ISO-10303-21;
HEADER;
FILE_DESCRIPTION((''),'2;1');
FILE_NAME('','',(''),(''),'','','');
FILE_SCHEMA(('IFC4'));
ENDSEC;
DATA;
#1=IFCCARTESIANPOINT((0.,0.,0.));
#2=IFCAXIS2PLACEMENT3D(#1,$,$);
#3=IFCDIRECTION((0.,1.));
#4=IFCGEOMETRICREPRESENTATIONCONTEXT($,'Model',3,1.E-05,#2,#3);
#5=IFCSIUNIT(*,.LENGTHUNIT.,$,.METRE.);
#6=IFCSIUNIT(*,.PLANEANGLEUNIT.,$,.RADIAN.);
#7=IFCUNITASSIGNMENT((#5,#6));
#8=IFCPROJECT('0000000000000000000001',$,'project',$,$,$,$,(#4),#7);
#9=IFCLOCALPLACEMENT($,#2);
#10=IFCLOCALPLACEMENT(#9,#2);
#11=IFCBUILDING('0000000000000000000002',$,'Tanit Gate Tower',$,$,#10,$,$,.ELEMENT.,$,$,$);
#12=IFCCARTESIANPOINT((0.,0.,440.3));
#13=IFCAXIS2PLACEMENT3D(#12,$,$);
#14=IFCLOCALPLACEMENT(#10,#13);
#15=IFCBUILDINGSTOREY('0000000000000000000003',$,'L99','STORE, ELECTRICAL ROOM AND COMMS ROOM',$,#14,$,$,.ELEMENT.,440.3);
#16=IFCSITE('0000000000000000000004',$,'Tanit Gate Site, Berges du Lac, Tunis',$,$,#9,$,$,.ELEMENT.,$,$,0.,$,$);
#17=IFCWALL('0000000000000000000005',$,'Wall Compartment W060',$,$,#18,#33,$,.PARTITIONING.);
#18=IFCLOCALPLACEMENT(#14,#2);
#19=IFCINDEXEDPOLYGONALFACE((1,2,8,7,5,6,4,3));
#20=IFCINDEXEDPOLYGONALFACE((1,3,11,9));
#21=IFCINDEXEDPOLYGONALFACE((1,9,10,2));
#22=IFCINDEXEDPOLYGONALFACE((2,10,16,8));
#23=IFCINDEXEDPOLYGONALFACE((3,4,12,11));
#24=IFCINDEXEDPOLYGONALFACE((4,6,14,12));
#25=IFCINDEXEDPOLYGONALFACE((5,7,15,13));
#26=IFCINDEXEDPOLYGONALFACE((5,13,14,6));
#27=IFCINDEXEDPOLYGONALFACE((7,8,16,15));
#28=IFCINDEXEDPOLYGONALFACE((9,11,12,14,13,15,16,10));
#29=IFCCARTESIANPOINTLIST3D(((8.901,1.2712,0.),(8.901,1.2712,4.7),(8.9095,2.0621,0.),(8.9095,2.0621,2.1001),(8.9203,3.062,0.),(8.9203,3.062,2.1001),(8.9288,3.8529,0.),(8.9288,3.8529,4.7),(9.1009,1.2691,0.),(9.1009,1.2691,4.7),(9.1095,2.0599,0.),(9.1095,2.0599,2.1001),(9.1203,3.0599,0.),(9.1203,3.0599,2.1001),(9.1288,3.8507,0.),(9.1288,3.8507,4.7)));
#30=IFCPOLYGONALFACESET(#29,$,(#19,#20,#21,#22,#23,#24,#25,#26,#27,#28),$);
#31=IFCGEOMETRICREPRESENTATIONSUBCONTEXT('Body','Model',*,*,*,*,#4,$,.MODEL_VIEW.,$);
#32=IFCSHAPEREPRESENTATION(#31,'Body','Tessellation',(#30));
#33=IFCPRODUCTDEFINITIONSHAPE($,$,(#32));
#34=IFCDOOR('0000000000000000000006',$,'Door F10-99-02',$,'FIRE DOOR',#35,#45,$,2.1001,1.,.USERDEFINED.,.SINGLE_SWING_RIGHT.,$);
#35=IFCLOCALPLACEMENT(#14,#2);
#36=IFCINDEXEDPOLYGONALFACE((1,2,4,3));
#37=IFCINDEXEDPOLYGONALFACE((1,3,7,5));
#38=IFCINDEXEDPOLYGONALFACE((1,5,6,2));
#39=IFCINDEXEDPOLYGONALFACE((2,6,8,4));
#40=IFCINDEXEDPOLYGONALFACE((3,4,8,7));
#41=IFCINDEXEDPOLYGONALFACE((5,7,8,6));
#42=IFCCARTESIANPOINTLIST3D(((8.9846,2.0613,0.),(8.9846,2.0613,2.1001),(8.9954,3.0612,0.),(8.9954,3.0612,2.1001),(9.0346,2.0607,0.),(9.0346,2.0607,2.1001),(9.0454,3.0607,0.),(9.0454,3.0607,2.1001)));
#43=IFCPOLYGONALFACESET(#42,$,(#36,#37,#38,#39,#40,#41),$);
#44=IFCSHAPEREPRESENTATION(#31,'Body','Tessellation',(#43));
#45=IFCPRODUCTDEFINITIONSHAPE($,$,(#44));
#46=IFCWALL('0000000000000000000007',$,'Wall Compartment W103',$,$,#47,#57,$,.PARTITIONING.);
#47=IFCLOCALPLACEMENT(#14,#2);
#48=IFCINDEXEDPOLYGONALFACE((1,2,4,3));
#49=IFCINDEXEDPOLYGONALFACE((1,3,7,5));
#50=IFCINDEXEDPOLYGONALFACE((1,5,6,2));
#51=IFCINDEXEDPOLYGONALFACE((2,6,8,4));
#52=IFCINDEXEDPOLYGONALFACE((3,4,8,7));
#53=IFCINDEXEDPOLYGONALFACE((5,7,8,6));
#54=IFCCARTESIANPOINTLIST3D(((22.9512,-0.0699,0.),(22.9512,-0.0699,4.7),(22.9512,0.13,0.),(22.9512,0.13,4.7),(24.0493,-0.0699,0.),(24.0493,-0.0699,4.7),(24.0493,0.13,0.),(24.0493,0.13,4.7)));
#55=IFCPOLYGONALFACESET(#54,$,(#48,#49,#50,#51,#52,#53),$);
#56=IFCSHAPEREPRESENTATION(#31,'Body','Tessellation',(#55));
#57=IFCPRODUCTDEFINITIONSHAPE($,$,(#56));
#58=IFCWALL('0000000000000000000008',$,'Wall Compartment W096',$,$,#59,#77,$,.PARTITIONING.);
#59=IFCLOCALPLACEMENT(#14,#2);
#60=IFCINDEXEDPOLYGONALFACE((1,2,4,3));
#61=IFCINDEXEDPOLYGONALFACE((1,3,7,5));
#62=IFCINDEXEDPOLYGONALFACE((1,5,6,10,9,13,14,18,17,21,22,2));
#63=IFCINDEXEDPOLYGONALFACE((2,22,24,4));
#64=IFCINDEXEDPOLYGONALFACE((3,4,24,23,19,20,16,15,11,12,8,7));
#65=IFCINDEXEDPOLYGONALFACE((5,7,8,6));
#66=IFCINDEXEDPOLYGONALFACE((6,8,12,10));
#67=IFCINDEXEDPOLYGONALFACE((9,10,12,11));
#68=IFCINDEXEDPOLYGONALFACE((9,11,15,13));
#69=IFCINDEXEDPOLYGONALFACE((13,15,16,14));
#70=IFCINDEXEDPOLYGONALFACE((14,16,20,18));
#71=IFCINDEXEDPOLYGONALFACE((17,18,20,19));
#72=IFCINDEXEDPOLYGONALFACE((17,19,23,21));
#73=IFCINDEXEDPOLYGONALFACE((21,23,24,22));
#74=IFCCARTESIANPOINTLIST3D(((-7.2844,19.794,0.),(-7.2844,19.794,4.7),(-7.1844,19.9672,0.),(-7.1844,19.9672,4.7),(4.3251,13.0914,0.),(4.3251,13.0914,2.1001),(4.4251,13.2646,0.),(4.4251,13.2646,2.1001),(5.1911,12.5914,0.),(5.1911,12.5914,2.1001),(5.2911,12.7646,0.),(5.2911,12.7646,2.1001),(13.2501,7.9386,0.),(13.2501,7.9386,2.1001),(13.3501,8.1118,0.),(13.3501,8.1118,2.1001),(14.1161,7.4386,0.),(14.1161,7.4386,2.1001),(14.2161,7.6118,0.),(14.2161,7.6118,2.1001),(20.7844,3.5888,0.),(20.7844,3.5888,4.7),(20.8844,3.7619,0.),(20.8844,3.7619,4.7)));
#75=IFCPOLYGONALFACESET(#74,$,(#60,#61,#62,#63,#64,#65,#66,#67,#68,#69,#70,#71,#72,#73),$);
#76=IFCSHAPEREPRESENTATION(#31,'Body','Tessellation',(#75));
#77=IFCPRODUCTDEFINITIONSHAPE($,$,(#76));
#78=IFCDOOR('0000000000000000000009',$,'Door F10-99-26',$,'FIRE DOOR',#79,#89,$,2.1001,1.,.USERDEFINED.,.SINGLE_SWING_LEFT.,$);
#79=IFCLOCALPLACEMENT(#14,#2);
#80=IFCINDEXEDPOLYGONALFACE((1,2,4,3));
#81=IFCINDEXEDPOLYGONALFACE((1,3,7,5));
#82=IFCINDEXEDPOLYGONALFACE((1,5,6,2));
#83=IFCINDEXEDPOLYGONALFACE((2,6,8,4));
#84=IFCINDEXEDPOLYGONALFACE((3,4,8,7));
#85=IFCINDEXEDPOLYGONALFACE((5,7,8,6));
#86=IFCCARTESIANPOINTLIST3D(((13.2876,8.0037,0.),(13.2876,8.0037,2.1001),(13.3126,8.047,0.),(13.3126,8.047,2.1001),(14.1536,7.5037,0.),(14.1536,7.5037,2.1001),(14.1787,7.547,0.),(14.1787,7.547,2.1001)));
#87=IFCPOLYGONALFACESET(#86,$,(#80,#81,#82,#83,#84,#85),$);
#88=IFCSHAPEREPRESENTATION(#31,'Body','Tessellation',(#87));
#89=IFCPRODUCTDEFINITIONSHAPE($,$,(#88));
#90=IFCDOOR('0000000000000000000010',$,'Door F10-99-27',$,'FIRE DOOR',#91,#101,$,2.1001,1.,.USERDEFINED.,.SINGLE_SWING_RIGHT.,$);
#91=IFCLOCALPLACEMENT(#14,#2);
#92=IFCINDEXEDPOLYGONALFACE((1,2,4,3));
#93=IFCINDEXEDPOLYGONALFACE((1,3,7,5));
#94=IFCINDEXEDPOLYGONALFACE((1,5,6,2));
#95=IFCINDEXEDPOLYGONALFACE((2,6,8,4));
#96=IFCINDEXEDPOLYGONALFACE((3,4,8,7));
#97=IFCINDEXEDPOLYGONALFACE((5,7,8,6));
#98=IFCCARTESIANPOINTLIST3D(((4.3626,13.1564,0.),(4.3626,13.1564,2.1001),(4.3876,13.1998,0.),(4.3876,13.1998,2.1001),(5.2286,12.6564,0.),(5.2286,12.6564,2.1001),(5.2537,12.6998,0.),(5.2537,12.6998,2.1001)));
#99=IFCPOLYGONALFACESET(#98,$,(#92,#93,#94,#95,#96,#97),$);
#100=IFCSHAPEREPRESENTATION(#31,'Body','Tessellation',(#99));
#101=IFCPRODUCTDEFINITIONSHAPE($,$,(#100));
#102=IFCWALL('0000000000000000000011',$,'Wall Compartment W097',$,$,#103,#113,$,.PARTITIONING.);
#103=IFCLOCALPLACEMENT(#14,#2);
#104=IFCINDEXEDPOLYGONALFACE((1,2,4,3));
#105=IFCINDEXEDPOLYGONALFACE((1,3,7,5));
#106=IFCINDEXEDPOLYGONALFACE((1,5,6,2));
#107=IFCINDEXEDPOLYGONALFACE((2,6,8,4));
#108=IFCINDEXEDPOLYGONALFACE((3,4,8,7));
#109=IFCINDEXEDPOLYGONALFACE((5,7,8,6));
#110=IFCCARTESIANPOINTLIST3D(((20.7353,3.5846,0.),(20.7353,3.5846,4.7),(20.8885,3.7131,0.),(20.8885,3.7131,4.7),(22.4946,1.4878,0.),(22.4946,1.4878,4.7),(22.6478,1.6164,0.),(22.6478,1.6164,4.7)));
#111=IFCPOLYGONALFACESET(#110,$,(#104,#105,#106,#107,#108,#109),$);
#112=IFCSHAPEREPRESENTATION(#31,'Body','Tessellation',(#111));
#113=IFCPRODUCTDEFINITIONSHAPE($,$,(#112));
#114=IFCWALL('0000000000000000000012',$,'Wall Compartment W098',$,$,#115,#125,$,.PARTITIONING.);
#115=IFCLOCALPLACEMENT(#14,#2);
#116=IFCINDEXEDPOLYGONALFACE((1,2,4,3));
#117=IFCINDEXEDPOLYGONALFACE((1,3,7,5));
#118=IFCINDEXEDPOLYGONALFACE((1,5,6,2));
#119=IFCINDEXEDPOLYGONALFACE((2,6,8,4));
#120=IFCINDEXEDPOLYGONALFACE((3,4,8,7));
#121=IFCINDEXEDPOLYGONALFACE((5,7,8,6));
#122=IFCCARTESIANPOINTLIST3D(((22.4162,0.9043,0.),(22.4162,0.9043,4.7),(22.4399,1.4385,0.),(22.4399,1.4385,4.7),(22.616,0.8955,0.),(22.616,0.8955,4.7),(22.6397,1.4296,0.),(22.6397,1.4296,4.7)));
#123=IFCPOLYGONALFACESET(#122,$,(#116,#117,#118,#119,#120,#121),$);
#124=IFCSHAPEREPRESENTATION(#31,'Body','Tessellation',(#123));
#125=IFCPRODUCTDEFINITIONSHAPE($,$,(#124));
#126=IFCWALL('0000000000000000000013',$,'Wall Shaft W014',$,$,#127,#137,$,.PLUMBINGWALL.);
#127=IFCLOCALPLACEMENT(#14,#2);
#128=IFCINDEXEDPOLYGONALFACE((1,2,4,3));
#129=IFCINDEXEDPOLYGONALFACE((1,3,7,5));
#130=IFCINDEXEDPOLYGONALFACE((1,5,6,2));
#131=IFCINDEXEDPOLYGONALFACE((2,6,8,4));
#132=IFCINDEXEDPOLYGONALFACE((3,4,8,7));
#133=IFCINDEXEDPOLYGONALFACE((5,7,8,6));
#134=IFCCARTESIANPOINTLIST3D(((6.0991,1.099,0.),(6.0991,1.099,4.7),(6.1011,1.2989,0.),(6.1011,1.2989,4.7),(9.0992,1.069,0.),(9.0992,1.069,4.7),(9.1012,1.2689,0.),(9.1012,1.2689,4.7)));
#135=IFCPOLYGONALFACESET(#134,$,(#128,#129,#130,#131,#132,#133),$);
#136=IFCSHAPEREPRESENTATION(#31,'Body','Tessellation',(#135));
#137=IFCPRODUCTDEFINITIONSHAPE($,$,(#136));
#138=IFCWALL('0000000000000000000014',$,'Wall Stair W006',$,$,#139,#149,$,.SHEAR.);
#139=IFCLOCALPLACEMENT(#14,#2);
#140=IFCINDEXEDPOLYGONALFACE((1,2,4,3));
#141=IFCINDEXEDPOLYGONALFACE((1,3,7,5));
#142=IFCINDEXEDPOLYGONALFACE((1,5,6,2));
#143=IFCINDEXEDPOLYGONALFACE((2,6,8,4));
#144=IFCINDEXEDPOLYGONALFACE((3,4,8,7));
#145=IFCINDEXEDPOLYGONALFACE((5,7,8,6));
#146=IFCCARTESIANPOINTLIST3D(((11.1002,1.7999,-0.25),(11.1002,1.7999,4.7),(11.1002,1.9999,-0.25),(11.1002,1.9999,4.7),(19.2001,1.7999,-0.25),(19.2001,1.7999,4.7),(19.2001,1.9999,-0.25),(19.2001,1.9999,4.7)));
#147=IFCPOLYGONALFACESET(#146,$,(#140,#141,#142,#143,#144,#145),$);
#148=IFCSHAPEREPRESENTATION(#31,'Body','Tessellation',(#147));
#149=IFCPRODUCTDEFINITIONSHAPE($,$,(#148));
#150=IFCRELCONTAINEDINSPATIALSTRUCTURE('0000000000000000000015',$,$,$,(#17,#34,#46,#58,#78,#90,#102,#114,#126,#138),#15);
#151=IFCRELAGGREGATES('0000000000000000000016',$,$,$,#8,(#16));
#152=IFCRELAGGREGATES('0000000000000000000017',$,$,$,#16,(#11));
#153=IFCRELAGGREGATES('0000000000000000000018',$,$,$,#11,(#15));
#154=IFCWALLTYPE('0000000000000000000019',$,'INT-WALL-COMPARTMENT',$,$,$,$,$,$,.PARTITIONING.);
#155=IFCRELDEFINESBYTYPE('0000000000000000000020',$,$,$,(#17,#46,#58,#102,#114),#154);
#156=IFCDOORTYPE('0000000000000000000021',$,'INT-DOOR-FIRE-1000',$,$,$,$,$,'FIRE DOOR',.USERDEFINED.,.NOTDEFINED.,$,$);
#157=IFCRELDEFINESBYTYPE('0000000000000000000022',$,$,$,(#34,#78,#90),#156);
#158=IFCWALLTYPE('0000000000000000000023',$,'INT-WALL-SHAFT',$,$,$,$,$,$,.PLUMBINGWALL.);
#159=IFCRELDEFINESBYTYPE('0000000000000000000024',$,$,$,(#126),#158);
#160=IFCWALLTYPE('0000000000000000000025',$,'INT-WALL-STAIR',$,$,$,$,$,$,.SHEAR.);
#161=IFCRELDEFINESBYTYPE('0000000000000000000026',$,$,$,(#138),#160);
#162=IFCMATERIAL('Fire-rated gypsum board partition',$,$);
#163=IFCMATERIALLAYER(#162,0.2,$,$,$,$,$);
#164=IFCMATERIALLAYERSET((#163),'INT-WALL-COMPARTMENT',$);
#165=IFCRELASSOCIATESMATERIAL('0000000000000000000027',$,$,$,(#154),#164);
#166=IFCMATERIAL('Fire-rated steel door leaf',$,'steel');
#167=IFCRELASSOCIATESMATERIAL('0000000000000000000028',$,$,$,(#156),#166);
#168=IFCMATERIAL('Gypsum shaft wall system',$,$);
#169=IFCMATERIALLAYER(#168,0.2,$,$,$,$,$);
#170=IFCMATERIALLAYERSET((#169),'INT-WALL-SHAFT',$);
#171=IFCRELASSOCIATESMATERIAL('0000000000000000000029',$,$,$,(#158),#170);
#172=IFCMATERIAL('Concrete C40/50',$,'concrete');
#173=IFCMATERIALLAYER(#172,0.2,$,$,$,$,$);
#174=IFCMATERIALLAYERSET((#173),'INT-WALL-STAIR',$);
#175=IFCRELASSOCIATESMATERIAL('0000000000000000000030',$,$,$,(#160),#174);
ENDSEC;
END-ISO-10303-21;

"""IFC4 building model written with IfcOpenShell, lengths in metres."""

from ifc_helpers import new_model, si_unit, direction, frame, frame_2d, origin, place, context, subcontext, project, spatial, rectangle, extrude, material, layer, layer_set, type_object, element, fill, save


model = new_model("IFC4")

# Units and contexts
model_context = context("Model", 3, precision=1e-05, world=origin(), true_north=direction((0.0, 1.0)))
body_context = subcontext(model_context, "Body", "Model", "MODEL_VIEW")
ifc_project = project(units=[si_unit("LENGTHUNIT", "METRE"), si_unit("PLANEANGLEUNIT", "RADIAN")], contexts=[model_context])

# Site, building, storey
site_placement = place(None, origin())
site = spatial("IfcSite", under=ifc_project, at=site_placement, Name="Tanit Gate Site, Berges du Lac, Tunis", CompositionType="ELEMENT", RefElevation=0.0)
building_placement = place(site_placement, origin())
building = spatial("IfcBuilding", under=site, at=building_placement, Name="Tanit Gate Tower", CompositionType="ELEMENT")
storey_placement = place(building_placement, frame((0.0, 0.0, 440.3)))
storey = spatial("IfcBuildingStorey", under=building, at=storey_placement, Name="L99", Description="STORE, ELECTRICAL ROOM AND COMMS ROOM", CompositionType="ELEMENT", Elevation=440.3)

# Shared definitions
ifc_material_1 = material(Name="Fire-rated gypsum board partition")
ifc_layer_1 = layer(ifc_material_1, 0.2)
ifc_layer_set_1 = layer_set([ifc_layer_1], Name="INT-WALL-COMPARTMENT")
wall_type_1 = type_object("IfcWallType", Name="INT-WALL-COMPARTMENT", PredefinedType="PARTITIONING", material=ifc_layer_set_1)

# Wall, opening, door
wall_1_placement = place(storey_placement, frame((9.001, 1.27, 0.0), z_axis=(0.0, 0.0, 1.0), x_axis=(0.010781, 0.999942, 0.0)))
wall_1 = element("IfcWall", 1, at=wall_1_placement, inside=storey, type_object=wall_type_1, Name="Wall Compartment W060", PredefinedType="PARTITIONING", context=body_context, shape_type="SweptSolid", body=[
    extrude(rectangle(XDim=2.5818, YDim=0.2, at=frame_2d((1.291, 0.0))), origin(), (0.0, 0.0, 1.0), 4.7),
])
opening_1_placement = place(wall_1_placement, frame((0.791, 0.0, 0.0)))
opening_1 = element("IfcOpeningElement", 2, at=opening_1_placement, cuts=wall_1, PredefinedType="OPENING", context=body_context, shape_type="SweptSolid", body=[
    extrude(rectangle(XDim=1.0, YDim=2.1001, at=frame_2d((0.5, 1.05))), frame((0.0, 0.1099, 0.0), z_axis=(0.0, -1.0, 0.0), x_axis=(1.0, 0.0, 0.0)), (0.0, 0.0, 1.0), 0.22),
])
ifc_material_2 = material(Name="Fire-rated steel door leaf", Category="steel")
door_type_1 = type_object("IfcDoorType", Name="INT-DOOR-FIRE-1000", ElementType="FIRE DOOR", OperationType="NOTDEFINED", PredefinedType="USERDEFINED", material=ifc_material_2)
door_1_placement = place(opening_1_placement, origin())
door_1 = element("IfcDoor", 3, at=door_1_placement, inside=storey, type_object=door_type_1, Name="Door F10-99-02", ObjectType="FIRE DOOR", OperationType="SINGLE_SWING_RIGHT", OverallHeight=2.1001, OverallWidth=1.0, PredefinedType="USERDEFINED", context=body_context, shape_type="SweptSolid", body=[
    extrude(rectangle(XDim=1.0, YDim=2.1001, at=frame_2d((0.5, 1.05))), frame((0.0, 0.0249, 0.0), z_axis=(0.0, -1.0, 0.0), x_axis=(1.0, 0.0, 0.0)), (0.0, 0.0, 1.0), 0.05),
])
fill(opening_1, door_1)

# Wall
wall_2_placement = place(storey_placement, frame((22.9512, 0.03, 0.0), z_axis=(0.0, 0.0, 1.0), x_axis=(1.0, 0.0, 0.0)))
element("IfcWall", 4, at=wall_2_placement, inside=storey, type_object=wall_type_1, Name="Wall Compartment W103", PredefinedType="PARTITIONING", context=body_context, shape_type="SweptSolid", body=[
    extrude(rectangle(XDim=1.0981, YDim=0.2, at=frame_2d((0.5491, 0.0))), origin(), (0.0, 0.0, 1.0), 4.7),
])

# Wall, openings, doors
wall_3_placement = place(storey_placement, frame((20.8345, 3.6753, 0.0), z_axis=(0.0, 0.0, 1.0), x_axis=(-0.866029, 0.499995, 0.0)))
wall_3 = element("IfcWall", 5, at=wall_3_placement, inside=storey, type_object=wall_type_1, Name="Wall Compartment W096", PredefinedType="PARTITIONING", context=body_context, shape_type="SweptSolid", body=[
    extrude(rectangle(XDim=32.4109, YDim=0.2, at=frame_2d((16.2056, 0.0))), origin(), (0.0, 0.0, 1.0), 4.7),
])
opening_2_placement = place(wall_3_placement, frame((7.7, 0.0, 0.0)))
opening_2 = element("IfcOpeningElement", 6, at=opening_2_placement, cuts=wall_3, PredefinedType="OPENING", context=body_context, shape_type="SweptSolid", body=[
    extrude(rectangle(XDim=1.0, YDim=2.1001, at=frame_2d((0.5, 1.05))), frame((0.0, 0.1099, 0.0), z_axis=(0.0, -1.0, 0.0), x_axis=(1.0, 0.0, 0.0)), (0.0, 0.0, 1.0), 0.22),
])
opening_3_placement = place(wall_3_placement, frame((18.0056, 0.0, 0.0)))
opening_3 = element("IfcOpeningElement", 7, at=opening_3_placement, cuts=wall_3, PredefinedType="OPENING", context=body_context, shape_type="SweptSolid", body=[
    extrude(rectangle(XDim=1.0, YDim=2.1001, at=frame_2d((0.5, 1.05))), frame((0.0, 0.1099, 0.0), z_axis=(0.0, -1.0, 0.0), x_axis=(1.0, 0.0, 0.0)), (0.0, 0.0, 1.0), 0.22),
])
door_2_placement = place(opening_2_placement, origin())
door_2 = element("IfcDoor", 8, at=door_2_placement, inside=storey, type_object=door_type_1, Name="Door F10-99-26", ObjectType="FIRE DOOR", OperationType="SINGLE_SWING_LEFT", OverallHeight=2.1001, OverallWidth=1.0, PredefinedType="USERDEFINED", context=body_context, shape_type="SweptSolid", body=[
    extrude(rectangle(XDim=1.0, YDim=2.1001, at=frame_2d((0.5, 1.05))), frame((0.0, 0.0249, 0.0), z_axis=(0.0, -1.0, 0.0), x_axis=(1.0, 0.0, 0.0)), (0.0, 0.0, 1.0), 0.05),
])
fill(opening_2, door_2)
door_3_placement = place(opening_3_placement, origin())
door_3 = element("IfcDoor", 9, at=door_3_placement, inside=storey, type_object=door_type_1, Name="Door F10-99-27", ObjectType="FIRE DOOR", OperationType="SINGLE_SWING_RIGHT", OverallHeight=2.1001, OverallWidth=1.0, PredefinedType="USERDEFINED", context=body_context, shape_type="SweptSolid", body=[
    extrude(rectangle(XDim=1.0, YDim=2.1001, at=frame_2d((0.5, 1.05))), frame((0.0, 0.0249, 0.0), z_axis=(0.0, -1.0, 0.0), x_axis=(1.0, 0.0, 0.0)), (0.0, 0.0, 1.0), 0.05),
])
fill(opening_3, door_3)

# Walls
wall_4_placement = place(storey_placement, frame((22.5713, 1.552, 0.0), z_axis=(0.0, 0.0, 1.0), x_axis=(-0.642778, 0.766053, 0.0)))
element("IfcWall", 10, at=wall_4_placement, inside=storey, type_object=wall_type_1, Name="Wall Compartment W097", PredefinedType="PARTITIONING", context=body_context, shape_type="SweptSolid", body=[
    extrude(rectangle(XDim=2.7371, YDim=0.2, at=frame_2d((1.3687, 0.0))), origin(), (0.0, 0.0, 1.0), 4.7),
])
wall_5_placement = place(storey_placement, frame((22.5161, 0.8999, 0.0), z_axis=(0.0, 0.0, 1.0), x_axis=(0.044289, 0.999019, 0.0)))
element("IfcWall", 11, at=wall_5_placement, inside=storey, type_object=wall_type_1, Name="Wall Compartment W098", PredefinedType="PARTITIONING", context=body_context, shape_type="SweptSolid", body=[
    extrude(rectangle(XDim=0.5347, YDim=0.2, at=frame_2d((0.2673, 0.0))), origin(), (0.0, 0.0, 1.0), 4.7),
])

# Shared definitions
ifc_material_3 = material(Name="Gypsum shaft wall system")
ifc_layer_2 = layer(ifc_material_3, 0.2)
ifc_layer_set_2 = layer_set([ifc_layer_2], Name="INT-WALL-SHAFT")
wall_type_2 = type_object("IfcWallType", Name="INT-WALL-SHAFT", PredefinedType="PLUMBINGWALL", material=ifc_layer_set_2)

# Walls
wall_6_placement = place(storey_placement, frame((9.1001, 1.1689, 0.0), z_axis=(0.0, 0.0, 1.0), x_axis=(-0.99995, 0.010009, 0.0)))
element("IfcWall", 12, at=wall_6_placement, inside=storey, type_object=wall_type_2, Name="Wall Shaft W014", PredefinedType="PLUMBINGWALL", context=body_context, shape_type="SweptSolid", body=[
    extrude(rectangle(XDim=3.0002, YDim=0.2, at=frame_2d((1.5, 0.0))), origin(), (0.0, 0.0, 1.0), 4.7),
])
ifc_material_4 = material(Name="Concrete C40/50", Category="concrete")
ifc_layer_3 = layer(ifc_material_4, 0.2)
ifc_layer_set_3 = layer_set([ifc_layer_3], Name="INT-WALL-STAIR")
wall_type_3 = type_object("IfcWallType", Name="INT-WALL-STAIR", PredefinedType="SHEAR", material=ifc_layer_set_3)
wall_7_placement = place(storey_placement, frame((19.2, 1.8999, -0.25), z_axis=(0.0, 0.0, 1.0), x_axis=(-1.0, 0.0, 0.0)))
element("IfcWall", 13, at=wall_7_placement, inside=storey, type_object=wall_type_3, Name="Wall Stair W006", PredefinedType="SHEAR", context=body_context, shape_type="SweptSolid", body=[
    extrude(rectangle(XDim=8.0999, YDim=0.2, at=frame_2d((4.0498, 0.0))), origin(), (0.0, 0.0, 1.0), 4.95),
])

save(model, "model.ifc")
